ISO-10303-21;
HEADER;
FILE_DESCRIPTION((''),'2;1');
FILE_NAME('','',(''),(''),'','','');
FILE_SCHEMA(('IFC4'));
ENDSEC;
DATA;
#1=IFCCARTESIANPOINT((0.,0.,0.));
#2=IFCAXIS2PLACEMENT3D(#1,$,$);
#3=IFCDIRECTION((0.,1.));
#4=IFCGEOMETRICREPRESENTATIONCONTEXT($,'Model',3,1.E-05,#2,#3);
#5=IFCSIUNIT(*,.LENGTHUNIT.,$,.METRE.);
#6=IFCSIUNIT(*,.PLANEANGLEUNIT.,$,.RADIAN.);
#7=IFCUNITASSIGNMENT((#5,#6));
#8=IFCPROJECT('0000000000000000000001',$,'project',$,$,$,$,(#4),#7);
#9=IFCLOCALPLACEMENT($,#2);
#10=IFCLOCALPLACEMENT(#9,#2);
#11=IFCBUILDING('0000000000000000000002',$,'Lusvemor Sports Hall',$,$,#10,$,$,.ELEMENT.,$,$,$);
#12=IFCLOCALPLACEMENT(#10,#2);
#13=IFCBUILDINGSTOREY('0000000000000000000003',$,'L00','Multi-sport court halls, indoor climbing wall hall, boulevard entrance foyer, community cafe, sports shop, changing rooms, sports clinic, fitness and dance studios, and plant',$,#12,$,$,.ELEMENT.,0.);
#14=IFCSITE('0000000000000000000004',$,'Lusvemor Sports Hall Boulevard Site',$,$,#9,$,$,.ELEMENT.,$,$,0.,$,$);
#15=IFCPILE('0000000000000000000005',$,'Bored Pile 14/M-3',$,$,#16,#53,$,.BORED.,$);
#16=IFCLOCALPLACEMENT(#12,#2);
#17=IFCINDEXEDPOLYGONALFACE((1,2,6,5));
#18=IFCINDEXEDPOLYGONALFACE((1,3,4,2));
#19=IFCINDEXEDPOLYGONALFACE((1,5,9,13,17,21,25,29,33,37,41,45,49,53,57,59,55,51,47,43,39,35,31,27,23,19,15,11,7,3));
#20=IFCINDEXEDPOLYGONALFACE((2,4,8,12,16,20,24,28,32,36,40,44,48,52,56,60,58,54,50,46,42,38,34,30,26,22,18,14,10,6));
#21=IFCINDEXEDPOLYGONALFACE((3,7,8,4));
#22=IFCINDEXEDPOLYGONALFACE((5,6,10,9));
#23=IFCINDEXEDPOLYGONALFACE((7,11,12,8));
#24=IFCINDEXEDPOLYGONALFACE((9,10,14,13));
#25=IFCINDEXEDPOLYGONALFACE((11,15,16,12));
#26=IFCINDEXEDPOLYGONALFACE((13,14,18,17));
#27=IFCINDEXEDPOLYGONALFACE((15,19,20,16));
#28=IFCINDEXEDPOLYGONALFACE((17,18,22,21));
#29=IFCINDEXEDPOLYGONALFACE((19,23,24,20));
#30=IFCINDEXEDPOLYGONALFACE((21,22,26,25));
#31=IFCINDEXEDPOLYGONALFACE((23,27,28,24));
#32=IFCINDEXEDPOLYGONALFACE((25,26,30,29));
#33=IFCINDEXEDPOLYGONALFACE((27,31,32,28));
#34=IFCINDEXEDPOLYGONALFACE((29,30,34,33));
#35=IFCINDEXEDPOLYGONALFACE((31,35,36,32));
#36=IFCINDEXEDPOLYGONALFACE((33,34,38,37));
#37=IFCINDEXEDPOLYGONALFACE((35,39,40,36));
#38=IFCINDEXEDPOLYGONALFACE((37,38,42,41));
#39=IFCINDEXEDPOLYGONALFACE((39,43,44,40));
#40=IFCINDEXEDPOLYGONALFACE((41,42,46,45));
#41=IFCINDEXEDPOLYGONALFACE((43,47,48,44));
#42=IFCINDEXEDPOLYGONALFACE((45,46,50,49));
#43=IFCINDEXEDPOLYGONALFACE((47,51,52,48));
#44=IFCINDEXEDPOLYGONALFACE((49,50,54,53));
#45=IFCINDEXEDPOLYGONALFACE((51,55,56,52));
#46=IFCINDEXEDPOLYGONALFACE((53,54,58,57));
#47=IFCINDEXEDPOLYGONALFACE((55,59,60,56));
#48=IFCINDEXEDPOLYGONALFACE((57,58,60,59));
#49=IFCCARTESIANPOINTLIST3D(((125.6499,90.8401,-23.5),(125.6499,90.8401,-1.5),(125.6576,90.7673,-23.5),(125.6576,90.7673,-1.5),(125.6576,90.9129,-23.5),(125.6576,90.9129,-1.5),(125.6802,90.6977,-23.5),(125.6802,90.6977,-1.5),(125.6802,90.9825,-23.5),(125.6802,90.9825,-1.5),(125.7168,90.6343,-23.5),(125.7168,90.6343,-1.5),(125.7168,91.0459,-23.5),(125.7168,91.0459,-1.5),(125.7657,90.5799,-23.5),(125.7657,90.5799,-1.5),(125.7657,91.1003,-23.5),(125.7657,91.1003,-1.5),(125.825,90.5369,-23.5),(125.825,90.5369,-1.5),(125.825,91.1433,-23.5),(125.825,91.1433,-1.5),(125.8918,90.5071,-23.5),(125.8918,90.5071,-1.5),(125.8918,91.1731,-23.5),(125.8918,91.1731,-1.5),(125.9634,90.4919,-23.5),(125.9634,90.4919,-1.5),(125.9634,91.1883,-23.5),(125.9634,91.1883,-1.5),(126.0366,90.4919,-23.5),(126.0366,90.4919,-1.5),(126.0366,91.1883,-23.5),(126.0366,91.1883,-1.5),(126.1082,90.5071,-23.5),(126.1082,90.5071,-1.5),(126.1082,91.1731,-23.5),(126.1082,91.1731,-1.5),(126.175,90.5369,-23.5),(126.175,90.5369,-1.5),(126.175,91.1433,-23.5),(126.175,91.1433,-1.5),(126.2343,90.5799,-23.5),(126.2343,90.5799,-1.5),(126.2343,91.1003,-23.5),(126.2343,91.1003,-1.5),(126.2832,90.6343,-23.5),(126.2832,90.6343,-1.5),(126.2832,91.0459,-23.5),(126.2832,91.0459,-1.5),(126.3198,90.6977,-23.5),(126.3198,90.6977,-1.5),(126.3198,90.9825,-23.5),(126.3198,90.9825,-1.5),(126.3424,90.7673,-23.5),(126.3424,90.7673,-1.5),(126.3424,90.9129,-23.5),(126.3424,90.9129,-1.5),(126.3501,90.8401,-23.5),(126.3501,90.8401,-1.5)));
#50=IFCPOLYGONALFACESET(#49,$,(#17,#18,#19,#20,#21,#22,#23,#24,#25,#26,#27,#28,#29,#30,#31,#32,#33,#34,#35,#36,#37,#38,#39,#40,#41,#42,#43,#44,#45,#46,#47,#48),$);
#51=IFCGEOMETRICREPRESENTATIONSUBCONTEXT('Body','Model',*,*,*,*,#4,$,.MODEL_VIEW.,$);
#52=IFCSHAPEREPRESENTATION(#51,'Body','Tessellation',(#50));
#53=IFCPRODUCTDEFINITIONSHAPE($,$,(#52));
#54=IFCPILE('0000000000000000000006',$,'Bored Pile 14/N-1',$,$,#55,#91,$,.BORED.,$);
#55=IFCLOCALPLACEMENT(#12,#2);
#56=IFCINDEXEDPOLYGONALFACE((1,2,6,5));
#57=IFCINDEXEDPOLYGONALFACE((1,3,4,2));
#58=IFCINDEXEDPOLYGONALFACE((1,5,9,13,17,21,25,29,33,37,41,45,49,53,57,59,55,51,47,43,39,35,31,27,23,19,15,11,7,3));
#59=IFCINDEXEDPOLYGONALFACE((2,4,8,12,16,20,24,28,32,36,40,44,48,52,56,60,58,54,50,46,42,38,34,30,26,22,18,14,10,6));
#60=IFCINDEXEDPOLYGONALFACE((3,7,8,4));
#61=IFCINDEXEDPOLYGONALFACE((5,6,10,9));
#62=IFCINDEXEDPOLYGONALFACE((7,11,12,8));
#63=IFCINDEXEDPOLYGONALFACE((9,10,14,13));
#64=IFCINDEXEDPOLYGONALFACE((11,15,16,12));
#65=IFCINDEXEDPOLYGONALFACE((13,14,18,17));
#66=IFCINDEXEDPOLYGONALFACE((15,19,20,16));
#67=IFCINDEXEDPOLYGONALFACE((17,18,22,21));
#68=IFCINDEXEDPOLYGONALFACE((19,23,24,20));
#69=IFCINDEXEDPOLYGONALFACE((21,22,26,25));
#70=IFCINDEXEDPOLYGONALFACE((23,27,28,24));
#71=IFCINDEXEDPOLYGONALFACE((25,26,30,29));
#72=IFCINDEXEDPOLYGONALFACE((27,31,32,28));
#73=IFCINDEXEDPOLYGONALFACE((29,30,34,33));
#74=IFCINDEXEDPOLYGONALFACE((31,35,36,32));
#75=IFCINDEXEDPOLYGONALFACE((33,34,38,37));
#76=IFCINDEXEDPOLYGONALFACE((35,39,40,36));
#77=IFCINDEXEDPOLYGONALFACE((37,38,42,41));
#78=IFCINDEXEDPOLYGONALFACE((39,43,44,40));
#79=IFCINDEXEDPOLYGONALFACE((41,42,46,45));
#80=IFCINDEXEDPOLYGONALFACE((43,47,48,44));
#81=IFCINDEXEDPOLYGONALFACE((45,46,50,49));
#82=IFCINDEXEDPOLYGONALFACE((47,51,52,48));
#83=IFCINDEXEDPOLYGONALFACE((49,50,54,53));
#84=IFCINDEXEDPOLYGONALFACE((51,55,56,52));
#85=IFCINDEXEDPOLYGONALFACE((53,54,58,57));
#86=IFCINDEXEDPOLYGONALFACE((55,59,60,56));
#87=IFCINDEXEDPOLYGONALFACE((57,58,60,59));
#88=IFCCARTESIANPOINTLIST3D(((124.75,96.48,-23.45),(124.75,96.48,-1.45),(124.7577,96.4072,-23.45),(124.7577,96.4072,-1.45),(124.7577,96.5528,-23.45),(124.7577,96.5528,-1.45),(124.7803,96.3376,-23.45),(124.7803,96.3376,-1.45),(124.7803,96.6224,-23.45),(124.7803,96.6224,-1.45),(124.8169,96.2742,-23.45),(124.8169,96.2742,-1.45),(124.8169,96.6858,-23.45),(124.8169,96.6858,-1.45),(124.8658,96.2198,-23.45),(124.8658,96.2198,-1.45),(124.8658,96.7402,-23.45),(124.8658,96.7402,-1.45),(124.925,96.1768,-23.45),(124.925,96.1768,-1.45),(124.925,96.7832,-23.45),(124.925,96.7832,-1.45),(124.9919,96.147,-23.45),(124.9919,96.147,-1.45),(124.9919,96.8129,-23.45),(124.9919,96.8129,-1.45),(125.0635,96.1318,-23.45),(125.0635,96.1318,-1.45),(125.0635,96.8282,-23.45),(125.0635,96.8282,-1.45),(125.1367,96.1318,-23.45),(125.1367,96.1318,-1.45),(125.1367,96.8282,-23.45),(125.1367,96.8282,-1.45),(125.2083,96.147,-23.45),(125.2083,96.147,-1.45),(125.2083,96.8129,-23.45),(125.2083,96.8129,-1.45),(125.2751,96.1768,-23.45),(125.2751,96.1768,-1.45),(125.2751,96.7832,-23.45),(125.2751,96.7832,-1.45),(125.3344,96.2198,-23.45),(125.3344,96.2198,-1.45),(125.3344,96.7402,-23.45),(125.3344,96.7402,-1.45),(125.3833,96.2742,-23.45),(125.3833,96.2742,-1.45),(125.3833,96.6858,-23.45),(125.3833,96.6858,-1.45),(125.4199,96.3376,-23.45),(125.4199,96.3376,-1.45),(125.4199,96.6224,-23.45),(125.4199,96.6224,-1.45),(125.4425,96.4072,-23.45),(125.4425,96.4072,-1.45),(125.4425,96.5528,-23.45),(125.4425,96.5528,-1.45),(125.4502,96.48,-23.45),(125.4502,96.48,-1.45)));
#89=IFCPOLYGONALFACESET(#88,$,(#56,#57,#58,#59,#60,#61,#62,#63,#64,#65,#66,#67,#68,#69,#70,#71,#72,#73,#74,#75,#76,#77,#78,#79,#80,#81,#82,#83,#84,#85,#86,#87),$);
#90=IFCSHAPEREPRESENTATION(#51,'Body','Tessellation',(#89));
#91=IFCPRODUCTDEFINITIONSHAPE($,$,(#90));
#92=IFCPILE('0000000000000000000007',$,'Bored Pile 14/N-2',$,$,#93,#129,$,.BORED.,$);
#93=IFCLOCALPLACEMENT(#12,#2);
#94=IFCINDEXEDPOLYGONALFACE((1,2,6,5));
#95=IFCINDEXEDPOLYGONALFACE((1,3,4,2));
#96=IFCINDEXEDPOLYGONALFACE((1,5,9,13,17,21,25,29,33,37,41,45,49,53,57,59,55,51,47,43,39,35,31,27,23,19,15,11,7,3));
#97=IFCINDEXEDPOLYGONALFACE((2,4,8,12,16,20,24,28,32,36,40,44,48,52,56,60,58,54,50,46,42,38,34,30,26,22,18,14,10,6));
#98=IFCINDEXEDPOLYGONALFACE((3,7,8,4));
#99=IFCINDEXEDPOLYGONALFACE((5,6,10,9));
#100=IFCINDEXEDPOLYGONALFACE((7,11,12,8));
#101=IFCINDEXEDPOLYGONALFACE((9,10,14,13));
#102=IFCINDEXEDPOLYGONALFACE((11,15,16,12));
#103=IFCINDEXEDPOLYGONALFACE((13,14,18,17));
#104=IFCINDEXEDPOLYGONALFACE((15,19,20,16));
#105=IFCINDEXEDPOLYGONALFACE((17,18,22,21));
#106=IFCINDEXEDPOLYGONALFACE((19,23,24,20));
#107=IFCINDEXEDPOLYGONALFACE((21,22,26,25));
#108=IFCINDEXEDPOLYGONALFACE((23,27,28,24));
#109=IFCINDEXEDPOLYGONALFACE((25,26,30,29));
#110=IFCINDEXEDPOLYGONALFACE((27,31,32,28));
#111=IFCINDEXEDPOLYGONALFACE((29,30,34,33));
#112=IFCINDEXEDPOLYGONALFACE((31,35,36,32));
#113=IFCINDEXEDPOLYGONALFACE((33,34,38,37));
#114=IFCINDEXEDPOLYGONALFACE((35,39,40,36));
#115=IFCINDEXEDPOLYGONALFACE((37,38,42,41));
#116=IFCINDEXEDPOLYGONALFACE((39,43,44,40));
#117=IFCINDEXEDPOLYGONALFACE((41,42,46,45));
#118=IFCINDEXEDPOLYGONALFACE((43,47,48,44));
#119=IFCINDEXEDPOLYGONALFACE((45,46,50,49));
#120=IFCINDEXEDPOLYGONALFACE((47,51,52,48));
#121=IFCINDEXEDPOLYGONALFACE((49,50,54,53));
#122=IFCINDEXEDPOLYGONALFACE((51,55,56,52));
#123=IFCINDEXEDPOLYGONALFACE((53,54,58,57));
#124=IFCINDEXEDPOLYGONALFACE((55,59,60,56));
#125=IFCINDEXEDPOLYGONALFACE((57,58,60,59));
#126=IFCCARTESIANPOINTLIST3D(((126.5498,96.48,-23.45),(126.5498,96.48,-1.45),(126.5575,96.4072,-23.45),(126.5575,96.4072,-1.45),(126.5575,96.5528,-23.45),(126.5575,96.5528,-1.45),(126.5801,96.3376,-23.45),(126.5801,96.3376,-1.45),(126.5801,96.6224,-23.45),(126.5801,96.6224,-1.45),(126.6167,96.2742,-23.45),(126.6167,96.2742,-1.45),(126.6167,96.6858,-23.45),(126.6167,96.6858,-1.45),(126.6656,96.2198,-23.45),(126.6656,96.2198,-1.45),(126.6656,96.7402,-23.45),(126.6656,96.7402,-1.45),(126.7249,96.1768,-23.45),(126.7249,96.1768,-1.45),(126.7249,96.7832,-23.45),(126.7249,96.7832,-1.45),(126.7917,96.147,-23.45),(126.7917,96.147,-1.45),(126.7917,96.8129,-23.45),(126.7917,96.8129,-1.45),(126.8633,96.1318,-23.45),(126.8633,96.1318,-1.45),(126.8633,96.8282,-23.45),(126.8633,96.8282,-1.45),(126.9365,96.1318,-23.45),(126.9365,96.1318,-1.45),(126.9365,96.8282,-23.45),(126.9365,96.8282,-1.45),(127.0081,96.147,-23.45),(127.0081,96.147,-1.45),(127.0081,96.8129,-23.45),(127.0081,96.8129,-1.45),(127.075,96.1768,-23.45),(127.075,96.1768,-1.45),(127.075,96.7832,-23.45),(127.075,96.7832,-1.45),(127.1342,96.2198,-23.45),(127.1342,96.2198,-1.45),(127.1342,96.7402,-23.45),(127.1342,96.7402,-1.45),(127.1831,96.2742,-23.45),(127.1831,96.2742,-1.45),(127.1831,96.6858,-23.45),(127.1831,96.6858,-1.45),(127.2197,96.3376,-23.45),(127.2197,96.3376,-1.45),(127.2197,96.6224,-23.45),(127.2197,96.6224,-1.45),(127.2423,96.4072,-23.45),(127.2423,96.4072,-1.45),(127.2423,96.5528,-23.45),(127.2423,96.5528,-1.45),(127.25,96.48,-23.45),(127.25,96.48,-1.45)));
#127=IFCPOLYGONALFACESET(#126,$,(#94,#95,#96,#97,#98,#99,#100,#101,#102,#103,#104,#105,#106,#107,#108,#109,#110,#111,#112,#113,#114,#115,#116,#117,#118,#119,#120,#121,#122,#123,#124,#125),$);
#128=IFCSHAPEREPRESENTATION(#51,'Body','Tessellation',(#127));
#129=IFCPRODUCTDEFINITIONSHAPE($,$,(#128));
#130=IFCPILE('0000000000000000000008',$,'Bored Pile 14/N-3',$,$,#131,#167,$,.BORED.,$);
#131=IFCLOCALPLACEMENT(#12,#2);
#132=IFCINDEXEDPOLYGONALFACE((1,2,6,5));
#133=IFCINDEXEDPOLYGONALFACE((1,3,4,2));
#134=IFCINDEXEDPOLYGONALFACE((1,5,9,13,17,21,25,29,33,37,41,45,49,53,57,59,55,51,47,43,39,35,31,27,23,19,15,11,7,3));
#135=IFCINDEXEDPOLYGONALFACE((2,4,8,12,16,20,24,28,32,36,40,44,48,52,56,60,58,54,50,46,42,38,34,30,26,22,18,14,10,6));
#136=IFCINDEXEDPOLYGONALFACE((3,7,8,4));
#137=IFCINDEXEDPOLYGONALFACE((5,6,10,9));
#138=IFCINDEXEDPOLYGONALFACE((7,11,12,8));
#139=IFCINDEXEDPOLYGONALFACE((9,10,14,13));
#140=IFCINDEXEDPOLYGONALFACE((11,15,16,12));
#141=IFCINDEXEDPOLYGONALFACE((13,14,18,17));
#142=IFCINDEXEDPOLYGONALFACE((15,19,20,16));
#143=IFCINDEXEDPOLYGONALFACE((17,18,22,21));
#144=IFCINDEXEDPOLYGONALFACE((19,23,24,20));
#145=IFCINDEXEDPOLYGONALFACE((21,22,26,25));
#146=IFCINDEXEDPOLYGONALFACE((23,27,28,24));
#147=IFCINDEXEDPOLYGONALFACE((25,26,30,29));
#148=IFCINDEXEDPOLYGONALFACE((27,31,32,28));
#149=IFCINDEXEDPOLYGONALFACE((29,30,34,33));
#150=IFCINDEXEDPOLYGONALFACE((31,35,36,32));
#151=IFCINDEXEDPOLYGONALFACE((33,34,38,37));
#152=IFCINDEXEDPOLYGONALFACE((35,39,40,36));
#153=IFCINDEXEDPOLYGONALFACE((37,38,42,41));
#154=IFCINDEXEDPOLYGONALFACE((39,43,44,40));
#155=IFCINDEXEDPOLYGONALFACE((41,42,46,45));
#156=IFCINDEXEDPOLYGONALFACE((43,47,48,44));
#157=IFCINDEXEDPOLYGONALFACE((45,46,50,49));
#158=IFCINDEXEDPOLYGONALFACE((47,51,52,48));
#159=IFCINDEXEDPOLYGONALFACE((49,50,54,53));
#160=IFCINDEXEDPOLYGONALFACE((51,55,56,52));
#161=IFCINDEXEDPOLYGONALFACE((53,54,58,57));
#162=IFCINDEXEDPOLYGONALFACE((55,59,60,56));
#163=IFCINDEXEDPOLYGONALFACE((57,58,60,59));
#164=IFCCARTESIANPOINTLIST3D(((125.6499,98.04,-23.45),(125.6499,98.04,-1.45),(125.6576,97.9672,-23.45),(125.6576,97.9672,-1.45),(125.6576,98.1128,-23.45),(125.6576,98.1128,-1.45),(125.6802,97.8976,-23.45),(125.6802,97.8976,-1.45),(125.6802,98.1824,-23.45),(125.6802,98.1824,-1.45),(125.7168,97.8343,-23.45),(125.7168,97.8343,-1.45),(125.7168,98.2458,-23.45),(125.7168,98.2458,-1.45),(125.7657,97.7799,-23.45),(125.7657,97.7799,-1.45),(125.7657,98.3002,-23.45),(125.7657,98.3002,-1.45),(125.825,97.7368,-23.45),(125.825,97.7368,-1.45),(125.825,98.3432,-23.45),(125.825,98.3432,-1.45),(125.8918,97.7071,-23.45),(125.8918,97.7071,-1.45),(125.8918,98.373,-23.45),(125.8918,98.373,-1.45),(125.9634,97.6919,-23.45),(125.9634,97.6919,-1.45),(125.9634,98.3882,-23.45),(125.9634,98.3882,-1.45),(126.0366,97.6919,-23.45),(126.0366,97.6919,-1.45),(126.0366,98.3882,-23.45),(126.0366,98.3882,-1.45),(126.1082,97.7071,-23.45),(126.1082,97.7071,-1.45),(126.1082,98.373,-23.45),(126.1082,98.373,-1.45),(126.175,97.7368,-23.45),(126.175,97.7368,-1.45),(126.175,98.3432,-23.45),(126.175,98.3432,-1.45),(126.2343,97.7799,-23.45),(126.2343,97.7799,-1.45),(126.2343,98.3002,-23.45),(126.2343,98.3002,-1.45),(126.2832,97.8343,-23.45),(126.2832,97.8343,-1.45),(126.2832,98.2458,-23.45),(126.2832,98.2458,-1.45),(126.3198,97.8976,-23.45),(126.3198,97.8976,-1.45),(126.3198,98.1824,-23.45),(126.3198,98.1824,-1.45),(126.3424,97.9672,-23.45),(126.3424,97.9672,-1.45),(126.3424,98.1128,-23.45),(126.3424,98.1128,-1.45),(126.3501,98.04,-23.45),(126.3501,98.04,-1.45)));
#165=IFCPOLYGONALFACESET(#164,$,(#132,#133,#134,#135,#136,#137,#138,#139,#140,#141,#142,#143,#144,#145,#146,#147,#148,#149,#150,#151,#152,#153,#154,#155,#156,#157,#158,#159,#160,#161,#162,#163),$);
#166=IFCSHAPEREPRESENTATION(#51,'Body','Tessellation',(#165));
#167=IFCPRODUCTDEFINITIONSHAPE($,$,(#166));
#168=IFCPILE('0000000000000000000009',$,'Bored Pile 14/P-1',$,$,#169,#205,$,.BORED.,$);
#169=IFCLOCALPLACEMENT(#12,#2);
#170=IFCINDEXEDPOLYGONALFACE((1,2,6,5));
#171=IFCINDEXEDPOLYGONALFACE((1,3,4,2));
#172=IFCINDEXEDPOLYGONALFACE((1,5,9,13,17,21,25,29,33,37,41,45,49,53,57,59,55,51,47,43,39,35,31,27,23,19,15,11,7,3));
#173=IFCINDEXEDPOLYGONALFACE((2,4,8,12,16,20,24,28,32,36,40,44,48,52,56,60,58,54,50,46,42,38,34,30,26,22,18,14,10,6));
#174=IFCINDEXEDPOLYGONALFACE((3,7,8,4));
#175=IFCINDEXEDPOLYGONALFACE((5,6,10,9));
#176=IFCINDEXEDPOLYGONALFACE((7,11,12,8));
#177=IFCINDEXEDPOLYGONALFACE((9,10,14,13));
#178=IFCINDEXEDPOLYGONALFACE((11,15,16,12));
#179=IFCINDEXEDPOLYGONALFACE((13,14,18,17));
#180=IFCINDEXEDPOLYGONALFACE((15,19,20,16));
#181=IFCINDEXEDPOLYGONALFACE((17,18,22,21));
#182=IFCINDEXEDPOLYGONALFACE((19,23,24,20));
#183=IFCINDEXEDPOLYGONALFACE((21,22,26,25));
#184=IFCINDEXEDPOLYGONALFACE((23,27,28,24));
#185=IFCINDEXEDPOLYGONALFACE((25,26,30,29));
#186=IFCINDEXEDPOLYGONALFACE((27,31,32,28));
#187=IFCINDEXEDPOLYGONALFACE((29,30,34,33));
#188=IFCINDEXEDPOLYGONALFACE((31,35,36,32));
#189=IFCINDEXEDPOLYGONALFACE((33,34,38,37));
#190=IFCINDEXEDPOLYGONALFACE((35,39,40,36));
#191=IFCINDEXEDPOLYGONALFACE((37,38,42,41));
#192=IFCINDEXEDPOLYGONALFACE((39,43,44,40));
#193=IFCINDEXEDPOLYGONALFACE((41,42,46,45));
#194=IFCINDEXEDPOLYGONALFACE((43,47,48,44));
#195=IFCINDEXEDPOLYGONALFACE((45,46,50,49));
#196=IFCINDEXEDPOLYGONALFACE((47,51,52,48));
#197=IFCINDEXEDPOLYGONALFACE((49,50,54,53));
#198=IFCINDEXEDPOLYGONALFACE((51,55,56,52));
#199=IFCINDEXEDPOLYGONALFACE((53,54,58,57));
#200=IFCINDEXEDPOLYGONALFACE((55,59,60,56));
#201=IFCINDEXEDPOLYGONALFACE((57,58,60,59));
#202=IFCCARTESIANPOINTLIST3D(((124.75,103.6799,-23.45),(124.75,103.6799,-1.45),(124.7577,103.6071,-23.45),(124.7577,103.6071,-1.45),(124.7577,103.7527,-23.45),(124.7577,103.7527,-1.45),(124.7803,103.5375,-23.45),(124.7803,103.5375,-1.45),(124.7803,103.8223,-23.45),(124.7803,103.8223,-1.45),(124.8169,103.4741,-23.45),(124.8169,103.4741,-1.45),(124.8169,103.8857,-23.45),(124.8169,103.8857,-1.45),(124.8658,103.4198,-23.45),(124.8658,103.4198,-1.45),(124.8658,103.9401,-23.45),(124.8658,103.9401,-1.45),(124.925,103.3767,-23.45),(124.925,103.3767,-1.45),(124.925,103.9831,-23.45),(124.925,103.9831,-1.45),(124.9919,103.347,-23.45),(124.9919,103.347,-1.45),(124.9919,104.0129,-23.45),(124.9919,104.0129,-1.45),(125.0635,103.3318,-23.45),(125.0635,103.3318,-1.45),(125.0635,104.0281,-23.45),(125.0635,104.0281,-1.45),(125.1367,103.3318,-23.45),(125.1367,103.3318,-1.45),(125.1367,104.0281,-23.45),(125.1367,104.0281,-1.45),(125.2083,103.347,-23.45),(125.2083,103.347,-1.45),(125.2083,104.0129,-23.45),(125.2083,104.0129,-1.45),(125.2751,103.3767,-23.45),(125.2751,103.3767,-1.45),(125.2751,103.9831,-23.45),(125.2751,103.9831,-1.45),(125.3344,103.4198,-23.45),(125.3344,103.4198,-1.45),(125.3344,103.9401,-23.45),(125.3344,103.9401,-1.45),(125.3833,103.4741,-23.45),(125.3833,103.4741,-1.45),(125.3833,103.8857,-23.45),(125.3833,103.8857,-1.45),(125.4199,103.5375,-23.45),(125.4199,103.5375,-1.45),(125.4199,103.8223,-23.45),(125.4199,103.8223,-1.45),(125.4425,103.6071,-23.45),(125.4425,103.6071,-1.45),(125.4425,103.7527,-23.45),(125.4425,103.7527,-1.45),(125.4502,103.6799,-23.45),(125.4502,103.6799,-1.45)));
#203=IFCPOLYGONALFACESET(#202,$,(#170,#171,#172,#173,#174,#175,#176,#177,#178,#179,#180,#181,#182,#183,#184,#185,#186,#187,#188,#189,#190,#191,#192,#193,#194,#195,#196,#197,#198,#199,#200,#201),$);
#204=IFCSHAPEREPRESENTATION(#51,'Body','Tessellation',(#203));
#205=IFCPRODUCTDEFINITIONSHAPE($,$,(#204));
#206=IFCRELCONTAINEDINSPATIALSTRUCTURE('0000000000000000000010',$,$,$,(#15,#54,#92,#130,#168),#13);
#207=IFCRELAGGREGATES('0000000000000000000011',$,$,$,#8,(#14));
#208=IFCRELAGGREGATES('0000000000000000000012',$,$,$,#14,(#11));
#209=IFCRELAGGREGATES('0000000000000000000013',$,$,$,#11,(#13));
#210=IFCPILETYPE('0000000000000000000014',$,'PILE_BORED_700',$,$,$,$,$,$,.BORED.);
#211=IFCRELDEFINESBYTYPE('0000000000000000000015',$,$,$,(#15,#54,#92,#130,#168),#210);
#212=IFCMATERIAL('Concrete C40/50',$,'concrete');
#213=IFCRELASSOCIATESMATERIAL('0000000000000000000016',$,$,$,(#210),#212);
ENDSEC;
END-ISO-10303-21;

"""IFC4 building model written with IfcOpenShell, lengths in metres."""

from ifc_helpers import new_model, si_unit, direction, frame, origin, origin_2d, place, context, subcontext, project, spatial, circle, extrude, material, material_profile, profile_set, type_object, element, save


model = new_model("IFC4")

# Units and contexts
model_context = context("Model", 3, precision=1e-05, world=origin(), true_north=direction((0.0, 1.0)))
body_context = subcontext(model_context, "Body", "Model", "MODEL_VIEW")
ifc_project = project(units=[si_unit("LENGTHUNIT", "METRE"), si_unit("PLANEANGLEUNIT", "RADIAN")], contexts=[model_context])

# Site, building, storey
site_placement = place(None, origin())
site = spatial("IfcSite", under=ifc_project, at=site_placement, Name="Lusvemor Sports Hall Boulevard Site", CompositionType="ELEMENT", RefElevation=0.0)
building_placement = place(site_placement, origin())
building = spatial("IfcBuilding", under=site, at=building_placement, Name="Lusvemor Sports Hall", CompositionType="ELEMENT")
storey_placement = place(building_placement, origin())
storey = spatial("IfcBuildingStorey", under=building, at=storey_placement, Name="L00", Description="Multi-sport court halls, indoor climbing wall hall, boulevard entrance foyer, community cafe, sports shop, changing rooms, sports clinic, fitness and dance studios, and plant", CompositionType="ELEMENT", Elevation=0.0)

# Piles
ifc_material_1 = material(Name="Concrete C40/50", Category="concrete")
ifc_material_profile_1 = material_profile(ifc_material_1, circle(Radius=0.3501, at=origin_2d()), Name="PILE700")
ifc_profile_set_1 = profile_set([ifc_material_profile_1], Name="Concrete C40/50")
pile_type = type_object("IfcPileType", Name="PILE_BORED_700", PredefinedType="BORED", material=ifc_profile_set_1)
for number, where, z_axis, x_axis, name in (
    (1, (126.0, 90.8401, -1.5), (0.0, 0.0, -1.0), (1.0, 0.0, 0.0), "Bored Pile 14/M-3"),
    (2, (125.1001, 96.48, -1.45), (0.0, 0.0, -1.0), (1.0, 0.0, 0.0), "Bored Pile 14/N-1"),
    (3, (126.8999, 96.48, -1.45), (0.0, 0.0, -1.0), (1.0, 0.0, 0.0), "Bored Pile 14/N-2"),
    (4, (126.0, 98.04, -1.45), (0.0, 0.0, -1.0), (1.0, 0.0, 0.0), "Bored Pile 14/N-3"),
    (5, (125.1001, 103.6799, -1.45), (0.0, 0.0, -1.0), (1.0, 0.0, 0.0), "Bored Pile 14/P-1"),
):
    element("IfcPile", number, at=place(storey_placement, frame(where, z_axis=z_axis, x_axis=x_axis)), inside=storey, type_object=pile_type, Name=name, PredefinedType="BORED", context=body_context, shape_type="SweptSolid", body=[
        extrude(circle(Radius=0.3501, at=origin_2d()), origin(), (0.0, 0.0, 1.0), 22.0),
    ])

save(model, "model.ifc")
